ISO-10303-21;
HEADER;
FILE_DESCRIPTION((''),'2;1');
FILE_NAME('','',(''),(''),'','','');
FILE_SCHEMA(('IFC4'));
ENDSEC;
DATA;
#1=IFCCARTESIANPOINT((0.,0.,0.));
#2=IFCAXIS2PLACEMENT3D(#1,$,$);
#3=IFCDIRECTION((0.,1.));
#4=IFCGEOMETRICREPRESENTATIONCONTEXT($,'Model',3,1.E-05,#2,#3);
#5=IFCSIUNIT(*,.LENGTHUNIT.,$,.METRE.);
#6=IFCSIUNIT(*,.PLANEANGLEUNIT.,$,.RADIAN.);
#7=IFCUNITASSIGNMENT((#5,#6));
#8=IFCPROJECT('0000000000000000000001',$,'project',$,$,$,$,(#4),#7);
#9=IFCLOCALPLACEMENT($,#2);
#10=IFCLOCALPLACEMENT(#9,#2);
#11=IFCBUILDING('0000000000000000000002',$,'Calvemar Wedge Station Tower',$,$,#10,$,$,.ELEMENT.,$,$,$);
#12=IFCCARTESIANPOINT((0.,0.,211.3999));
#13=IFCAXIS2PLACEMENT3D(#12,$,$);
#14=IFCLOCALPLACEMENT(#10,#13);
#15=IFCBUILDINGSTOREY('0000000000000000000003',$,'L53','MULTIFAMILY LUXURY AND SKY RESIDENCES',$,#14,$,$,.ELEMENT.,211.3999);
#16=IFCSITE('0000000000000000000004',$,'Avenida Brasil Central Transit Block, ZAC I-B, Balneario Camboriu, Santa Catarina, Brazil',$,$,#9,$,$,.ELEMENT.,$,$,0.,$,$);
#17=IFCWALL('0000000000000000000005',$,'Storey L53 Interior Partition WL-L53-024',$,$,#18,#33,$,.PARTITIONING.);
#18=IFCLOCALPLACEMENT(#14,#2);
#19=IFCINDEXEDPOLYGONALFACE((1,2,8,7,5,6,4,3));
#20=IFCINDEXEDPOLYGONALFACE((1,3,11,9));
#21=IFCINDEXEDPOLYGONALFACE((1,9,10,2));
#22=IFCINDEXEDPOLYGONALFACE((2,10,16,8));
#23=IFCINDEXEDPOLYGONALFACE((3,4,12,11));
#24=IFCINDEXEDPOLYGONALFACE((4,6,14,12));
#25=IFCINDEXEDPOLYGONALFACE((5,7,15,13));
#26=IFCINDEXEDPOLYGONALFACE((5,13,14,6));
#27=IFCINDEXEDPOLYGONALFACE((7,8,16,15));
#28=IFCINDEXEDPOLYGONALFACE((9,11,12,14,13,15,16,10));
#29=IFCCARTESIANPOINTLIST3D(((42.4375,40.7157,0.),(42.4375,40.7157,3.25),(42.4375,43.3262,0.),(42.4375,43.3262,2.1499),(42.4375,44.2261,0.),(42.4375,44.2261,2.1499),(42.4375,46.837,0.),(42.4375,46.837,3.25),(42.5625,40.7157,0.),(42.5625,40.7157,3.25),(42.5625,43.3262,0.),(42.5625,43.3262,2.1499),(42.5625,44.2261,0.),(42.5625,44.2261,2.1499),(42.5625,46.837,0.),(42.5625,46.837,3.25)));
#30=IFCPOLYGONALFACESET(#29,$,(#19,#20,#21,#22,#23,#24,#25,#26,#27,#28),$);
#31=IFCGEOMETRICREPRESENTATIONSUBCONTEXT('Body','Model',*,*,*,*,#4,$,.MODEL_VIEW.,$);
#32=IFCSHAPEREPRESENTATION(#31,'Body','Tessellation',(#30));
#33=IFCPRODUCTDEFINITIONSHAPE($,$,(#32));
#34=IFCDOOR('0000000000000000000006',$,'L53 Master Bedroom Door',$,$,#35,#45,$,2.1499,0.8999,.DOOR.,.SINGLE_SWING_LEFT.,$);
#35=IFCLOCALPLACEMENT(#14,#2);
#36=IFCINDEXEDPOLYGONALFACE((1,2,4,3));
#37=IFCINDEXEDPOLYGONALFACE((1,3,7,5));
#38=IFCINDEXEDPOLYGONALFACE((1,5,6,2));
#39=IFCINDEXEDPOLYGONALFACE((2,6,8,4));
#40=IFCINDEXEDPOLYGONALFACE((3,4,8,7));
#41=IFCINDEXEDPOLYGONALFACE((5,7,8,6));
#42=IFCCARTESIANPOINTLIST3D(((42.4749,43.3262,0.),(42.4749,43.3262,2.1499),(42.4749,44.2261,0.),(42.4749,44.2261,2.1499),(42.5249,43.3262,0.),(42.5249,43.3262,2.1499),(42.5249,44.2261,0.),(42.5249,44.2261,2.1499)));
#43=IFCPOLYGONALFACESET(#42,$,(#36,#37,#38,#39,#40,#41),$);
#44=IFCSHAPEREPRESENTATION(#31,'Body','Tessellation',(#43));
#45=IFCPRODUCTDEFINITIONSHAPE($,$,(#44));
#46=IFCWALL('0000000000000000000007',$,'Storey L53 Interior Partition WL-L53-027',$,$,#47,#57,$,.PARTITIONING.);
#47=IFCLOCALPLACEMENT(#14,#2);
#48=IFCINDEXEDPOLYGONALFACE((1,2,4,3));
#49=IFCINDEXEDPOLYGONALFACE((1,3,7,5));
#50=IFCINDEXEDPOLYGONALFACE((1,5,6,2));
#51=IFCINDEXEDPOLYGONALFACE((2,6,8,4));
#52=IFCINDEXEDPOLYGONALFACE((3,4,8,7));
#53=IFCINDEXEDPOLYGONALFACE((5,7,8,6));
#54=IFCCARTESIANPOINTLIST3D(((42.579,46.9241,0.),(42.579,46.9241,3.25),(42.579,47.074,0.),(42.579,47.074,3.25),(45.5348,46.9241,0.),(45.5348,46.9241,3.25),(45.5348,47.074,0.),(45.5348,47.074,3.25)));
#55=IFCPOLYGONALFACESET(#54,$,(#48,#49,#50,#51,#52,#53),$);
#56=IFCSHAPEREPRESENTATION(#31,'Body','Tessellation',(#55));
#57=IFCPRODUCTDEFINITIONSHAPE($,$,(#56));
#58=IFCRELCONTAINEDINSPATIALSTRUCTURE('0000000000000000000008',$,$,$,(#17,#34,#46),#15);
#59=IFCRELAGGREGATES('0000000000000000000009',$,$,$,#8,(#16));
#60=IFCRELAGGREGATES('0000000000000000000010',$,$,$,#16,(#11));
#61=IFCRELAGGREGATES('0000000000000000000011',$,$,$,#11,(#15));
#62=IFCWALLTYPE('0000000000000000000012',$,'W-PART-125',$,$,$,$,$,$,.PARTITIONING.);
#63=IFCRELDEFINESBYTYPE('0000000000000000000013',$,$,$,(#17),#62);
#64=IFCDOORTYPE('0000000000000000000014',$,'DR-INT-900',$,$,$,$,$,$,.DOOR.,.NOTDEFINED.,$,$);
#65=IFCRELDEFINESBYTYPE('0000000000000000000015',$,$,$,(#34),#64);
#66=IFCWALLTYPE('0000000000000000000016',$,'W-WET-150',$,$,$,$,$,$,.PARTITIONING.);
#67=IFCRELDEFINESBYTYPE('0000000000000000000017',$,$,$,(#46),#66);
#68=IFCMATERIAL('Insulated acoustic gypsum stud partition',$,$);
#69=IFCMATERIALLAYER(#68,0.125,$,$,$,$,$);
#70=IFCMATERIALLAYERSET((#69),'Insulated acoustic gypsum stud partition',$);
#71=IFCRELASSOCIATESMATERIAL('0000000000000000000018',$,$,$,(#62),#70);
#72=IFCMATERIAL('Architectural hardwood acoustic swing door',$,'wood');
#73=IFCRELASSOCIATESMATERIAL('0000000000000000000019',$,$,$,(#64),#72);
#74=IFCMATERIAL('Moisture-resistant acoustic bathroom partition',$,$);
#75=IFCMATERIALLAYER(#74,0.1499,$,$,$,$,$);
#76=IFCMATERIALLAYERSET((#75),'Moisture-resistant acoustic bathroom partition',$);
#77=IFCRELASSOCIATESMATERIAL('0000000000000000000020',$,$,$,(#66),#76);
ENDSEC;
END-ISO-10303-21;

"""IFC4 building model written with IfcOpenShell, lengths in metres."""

from ifc_helpers import new_model, si_unit, direction, frame, frame_2d, origin, place, context, subcontext, project, spatial, rectangle, extrude, source, transform, mapped, material, layer, layer_set, type_object, element, fill, save


model = new_model("IFC4")

# Units and contexts
model_context = context("Model", 3, precision=1e-05, world=origin(), true_north=direction((0.0, 1.0)))
body_context = subcontext(model_context, "Body", "Model", "MODEL_VIEW")
ifc_project = project(units=[si_unit("LENGTHUNIT", "METRE"), si_unit("PLANEANGLEUNIT", "RADIAN")], contexts=[model_context])

# Site, building, storey
site_placement = place(None, origin())
site = spatial("IfcSite", under=ifc_project, at=site_placement, Name="Avenida Brasil Central Transit Block, ZAC I-B, Balneario Camboriu, Santa Catarina, Brazil", CompositionType="ELEMENT", RefElevation=0.0)
building_placement = place(site_placement, origin())
building = spatial("IfcBuilding", under=site, at=building_placement, Name="Calvemar Wedge Station Tower", CompositionType="ELEMENT")
storey_placement = place(building_placement, frame((0.0, 0.0, 211.3999)))
storey = spatial("IfcBuildingStorey", under=building, at=storey_placement, Name="L53", Description="MULTIFAMILY LUXURY AND SKY RESIDENCES", CompositionType="ELEMENT", Elevation=211.3999)

# Wall, opening, door
ifc_material_1 = material(Name="Insulated acoustic gypsum stud partition")
ifc_layer_1 = layer(ifc_material_1, 0.125)
ifc_layer_set_1 = layer_set([ifc_layer_1], Name="Insulated acoustic gypsum stud partition")
wall_type_1 = type_object("IfcWallType", Name="W-PART-125", PredefinedType="PARTITIONING", material=ifc_layer_set_1)
wall_1_placement = place(storey_placement, frame((42.5, 46.8369, 0.0), z_axis=(0.0, 0.0, 1.0), x_axis=(0.0, -1.0, 0.0)))
wall_1 = element("IfcWall", 1, at=wall_1_placement, inside=storey, type_object=wall_type_1, Name="Storey L53 Interior Partition WL-L53-024", PredefinedType="PARTITIONING", context=body_context, shape_type="SweptSolid", body=[
    extrude(rectangle(XDim=6.1213, YDim=0.125, at=frame_2d((3.0605, 0.0))), origin(), (0.0, 0.0, 1.0), 3.25),
])
shared_shape_1 = source(origin(), body_context, "Body", "SweptSolid", [
    extrude(rectangle(XDim=0.8999, YDim=2.1499, at=frame_2d((0.45, 1.075))), frame((0.0, 0.0725, 0.0), z_axis=(0.0, -1.0, 0.0), x_axis=(1.0, 0.0, 0.0)), (0.0, 0.0, 1.0), 0.145),
])
opening_1_placement = place(wall_1_placement, frame((2.6108, 0.0, 0.0)))
opening_1 = element("IfcOpeningElement", 2, at=opening_1_placement, cuts=wall_1, PredefinedType="OPENING", context=body_context, shape_type="MappedRepresentation", body=[
    mapped(shared_shape_1, transform((0.0, 0.0, 0.0), scale=1.0)),
])
ifc_material_2 = material(Name="Architectural hardwood acoustic swing door", Category="wood")
door_type_1 = type_object("IfcDoorType", Name="DR-INT-900", OperationType="NOTDEFINED", PredefinedType="DOOR", material=ifc_material_2)
shared_shape_2 = source(origin(), body_context, "Body", "SweptSolid", [
    extrude(rectangle(XDim=0.8999, YDim=2.1499, at=frame_2d((0.45, 1.075))), frame((0.0, 0.0249, 0.0), z_axis=(0.0, -1.0, 0.0), x_axis=(1.0, 0.0, 0.0)), (0.0, 0.0, 1.0), 0.05),
])
door_1_placement = place(opening_1_placement, origin())
door_1 = element("IfcDoor", 3, at=door_1_placement, inside=storey, type_object=door_type_1, Name="L53 Master Bedroom Door", OperationType="SINGLE_SWING_LEFT", OverallHeight=2.1499, OverallWidth=0.8999, PredefinedType="DOOR", context=body_context, shape_type="MappedRepresentation", body=[
    mapped(shared_shape_2, transform((0.0, 0.0, 0.0), scale=1.0)),
])
fill(opening_1, door_1)
ifc_material_3 = material(Name="Moisture-resistant acoustic bathroom partition")
ifc_layer_2 = layer(ifc_material_3, 0.1499)
ifc_layer_set_2 = layer_set([ifc_layer_2], Name="Moisture-resistant acoustic bathroom partition")
wall_type_2 = type_object("IfcWallType", Name="W-WET-150", PredefinedType="PARTITIONING", material=ifc_layer_set_2)

# Wall
wall_2_placement = place(storey_placement, frame((45.5349, 46.999, 0.0), z_axis=(0.0, 0.0, 1.0), x_axis=(-1.0, 0.0, 0.0)))
element("IfcWall", 4, at=wall_2_placement, inside=storey, type_object=wall_type_2, Name="Storey L53 Interior Partition WL-L53-027", PredefinedType="PARTITIONING", context=body_context, shape_type="SweptSolid", body=[
    extrude(rectangle(XDim=2.9558, YDim=0.1499, at=frame_2d((1.478, 0.0))), origin(), (0.0, 0.0, 1.0), 3.25),
])

save(model, "model.ifc")
